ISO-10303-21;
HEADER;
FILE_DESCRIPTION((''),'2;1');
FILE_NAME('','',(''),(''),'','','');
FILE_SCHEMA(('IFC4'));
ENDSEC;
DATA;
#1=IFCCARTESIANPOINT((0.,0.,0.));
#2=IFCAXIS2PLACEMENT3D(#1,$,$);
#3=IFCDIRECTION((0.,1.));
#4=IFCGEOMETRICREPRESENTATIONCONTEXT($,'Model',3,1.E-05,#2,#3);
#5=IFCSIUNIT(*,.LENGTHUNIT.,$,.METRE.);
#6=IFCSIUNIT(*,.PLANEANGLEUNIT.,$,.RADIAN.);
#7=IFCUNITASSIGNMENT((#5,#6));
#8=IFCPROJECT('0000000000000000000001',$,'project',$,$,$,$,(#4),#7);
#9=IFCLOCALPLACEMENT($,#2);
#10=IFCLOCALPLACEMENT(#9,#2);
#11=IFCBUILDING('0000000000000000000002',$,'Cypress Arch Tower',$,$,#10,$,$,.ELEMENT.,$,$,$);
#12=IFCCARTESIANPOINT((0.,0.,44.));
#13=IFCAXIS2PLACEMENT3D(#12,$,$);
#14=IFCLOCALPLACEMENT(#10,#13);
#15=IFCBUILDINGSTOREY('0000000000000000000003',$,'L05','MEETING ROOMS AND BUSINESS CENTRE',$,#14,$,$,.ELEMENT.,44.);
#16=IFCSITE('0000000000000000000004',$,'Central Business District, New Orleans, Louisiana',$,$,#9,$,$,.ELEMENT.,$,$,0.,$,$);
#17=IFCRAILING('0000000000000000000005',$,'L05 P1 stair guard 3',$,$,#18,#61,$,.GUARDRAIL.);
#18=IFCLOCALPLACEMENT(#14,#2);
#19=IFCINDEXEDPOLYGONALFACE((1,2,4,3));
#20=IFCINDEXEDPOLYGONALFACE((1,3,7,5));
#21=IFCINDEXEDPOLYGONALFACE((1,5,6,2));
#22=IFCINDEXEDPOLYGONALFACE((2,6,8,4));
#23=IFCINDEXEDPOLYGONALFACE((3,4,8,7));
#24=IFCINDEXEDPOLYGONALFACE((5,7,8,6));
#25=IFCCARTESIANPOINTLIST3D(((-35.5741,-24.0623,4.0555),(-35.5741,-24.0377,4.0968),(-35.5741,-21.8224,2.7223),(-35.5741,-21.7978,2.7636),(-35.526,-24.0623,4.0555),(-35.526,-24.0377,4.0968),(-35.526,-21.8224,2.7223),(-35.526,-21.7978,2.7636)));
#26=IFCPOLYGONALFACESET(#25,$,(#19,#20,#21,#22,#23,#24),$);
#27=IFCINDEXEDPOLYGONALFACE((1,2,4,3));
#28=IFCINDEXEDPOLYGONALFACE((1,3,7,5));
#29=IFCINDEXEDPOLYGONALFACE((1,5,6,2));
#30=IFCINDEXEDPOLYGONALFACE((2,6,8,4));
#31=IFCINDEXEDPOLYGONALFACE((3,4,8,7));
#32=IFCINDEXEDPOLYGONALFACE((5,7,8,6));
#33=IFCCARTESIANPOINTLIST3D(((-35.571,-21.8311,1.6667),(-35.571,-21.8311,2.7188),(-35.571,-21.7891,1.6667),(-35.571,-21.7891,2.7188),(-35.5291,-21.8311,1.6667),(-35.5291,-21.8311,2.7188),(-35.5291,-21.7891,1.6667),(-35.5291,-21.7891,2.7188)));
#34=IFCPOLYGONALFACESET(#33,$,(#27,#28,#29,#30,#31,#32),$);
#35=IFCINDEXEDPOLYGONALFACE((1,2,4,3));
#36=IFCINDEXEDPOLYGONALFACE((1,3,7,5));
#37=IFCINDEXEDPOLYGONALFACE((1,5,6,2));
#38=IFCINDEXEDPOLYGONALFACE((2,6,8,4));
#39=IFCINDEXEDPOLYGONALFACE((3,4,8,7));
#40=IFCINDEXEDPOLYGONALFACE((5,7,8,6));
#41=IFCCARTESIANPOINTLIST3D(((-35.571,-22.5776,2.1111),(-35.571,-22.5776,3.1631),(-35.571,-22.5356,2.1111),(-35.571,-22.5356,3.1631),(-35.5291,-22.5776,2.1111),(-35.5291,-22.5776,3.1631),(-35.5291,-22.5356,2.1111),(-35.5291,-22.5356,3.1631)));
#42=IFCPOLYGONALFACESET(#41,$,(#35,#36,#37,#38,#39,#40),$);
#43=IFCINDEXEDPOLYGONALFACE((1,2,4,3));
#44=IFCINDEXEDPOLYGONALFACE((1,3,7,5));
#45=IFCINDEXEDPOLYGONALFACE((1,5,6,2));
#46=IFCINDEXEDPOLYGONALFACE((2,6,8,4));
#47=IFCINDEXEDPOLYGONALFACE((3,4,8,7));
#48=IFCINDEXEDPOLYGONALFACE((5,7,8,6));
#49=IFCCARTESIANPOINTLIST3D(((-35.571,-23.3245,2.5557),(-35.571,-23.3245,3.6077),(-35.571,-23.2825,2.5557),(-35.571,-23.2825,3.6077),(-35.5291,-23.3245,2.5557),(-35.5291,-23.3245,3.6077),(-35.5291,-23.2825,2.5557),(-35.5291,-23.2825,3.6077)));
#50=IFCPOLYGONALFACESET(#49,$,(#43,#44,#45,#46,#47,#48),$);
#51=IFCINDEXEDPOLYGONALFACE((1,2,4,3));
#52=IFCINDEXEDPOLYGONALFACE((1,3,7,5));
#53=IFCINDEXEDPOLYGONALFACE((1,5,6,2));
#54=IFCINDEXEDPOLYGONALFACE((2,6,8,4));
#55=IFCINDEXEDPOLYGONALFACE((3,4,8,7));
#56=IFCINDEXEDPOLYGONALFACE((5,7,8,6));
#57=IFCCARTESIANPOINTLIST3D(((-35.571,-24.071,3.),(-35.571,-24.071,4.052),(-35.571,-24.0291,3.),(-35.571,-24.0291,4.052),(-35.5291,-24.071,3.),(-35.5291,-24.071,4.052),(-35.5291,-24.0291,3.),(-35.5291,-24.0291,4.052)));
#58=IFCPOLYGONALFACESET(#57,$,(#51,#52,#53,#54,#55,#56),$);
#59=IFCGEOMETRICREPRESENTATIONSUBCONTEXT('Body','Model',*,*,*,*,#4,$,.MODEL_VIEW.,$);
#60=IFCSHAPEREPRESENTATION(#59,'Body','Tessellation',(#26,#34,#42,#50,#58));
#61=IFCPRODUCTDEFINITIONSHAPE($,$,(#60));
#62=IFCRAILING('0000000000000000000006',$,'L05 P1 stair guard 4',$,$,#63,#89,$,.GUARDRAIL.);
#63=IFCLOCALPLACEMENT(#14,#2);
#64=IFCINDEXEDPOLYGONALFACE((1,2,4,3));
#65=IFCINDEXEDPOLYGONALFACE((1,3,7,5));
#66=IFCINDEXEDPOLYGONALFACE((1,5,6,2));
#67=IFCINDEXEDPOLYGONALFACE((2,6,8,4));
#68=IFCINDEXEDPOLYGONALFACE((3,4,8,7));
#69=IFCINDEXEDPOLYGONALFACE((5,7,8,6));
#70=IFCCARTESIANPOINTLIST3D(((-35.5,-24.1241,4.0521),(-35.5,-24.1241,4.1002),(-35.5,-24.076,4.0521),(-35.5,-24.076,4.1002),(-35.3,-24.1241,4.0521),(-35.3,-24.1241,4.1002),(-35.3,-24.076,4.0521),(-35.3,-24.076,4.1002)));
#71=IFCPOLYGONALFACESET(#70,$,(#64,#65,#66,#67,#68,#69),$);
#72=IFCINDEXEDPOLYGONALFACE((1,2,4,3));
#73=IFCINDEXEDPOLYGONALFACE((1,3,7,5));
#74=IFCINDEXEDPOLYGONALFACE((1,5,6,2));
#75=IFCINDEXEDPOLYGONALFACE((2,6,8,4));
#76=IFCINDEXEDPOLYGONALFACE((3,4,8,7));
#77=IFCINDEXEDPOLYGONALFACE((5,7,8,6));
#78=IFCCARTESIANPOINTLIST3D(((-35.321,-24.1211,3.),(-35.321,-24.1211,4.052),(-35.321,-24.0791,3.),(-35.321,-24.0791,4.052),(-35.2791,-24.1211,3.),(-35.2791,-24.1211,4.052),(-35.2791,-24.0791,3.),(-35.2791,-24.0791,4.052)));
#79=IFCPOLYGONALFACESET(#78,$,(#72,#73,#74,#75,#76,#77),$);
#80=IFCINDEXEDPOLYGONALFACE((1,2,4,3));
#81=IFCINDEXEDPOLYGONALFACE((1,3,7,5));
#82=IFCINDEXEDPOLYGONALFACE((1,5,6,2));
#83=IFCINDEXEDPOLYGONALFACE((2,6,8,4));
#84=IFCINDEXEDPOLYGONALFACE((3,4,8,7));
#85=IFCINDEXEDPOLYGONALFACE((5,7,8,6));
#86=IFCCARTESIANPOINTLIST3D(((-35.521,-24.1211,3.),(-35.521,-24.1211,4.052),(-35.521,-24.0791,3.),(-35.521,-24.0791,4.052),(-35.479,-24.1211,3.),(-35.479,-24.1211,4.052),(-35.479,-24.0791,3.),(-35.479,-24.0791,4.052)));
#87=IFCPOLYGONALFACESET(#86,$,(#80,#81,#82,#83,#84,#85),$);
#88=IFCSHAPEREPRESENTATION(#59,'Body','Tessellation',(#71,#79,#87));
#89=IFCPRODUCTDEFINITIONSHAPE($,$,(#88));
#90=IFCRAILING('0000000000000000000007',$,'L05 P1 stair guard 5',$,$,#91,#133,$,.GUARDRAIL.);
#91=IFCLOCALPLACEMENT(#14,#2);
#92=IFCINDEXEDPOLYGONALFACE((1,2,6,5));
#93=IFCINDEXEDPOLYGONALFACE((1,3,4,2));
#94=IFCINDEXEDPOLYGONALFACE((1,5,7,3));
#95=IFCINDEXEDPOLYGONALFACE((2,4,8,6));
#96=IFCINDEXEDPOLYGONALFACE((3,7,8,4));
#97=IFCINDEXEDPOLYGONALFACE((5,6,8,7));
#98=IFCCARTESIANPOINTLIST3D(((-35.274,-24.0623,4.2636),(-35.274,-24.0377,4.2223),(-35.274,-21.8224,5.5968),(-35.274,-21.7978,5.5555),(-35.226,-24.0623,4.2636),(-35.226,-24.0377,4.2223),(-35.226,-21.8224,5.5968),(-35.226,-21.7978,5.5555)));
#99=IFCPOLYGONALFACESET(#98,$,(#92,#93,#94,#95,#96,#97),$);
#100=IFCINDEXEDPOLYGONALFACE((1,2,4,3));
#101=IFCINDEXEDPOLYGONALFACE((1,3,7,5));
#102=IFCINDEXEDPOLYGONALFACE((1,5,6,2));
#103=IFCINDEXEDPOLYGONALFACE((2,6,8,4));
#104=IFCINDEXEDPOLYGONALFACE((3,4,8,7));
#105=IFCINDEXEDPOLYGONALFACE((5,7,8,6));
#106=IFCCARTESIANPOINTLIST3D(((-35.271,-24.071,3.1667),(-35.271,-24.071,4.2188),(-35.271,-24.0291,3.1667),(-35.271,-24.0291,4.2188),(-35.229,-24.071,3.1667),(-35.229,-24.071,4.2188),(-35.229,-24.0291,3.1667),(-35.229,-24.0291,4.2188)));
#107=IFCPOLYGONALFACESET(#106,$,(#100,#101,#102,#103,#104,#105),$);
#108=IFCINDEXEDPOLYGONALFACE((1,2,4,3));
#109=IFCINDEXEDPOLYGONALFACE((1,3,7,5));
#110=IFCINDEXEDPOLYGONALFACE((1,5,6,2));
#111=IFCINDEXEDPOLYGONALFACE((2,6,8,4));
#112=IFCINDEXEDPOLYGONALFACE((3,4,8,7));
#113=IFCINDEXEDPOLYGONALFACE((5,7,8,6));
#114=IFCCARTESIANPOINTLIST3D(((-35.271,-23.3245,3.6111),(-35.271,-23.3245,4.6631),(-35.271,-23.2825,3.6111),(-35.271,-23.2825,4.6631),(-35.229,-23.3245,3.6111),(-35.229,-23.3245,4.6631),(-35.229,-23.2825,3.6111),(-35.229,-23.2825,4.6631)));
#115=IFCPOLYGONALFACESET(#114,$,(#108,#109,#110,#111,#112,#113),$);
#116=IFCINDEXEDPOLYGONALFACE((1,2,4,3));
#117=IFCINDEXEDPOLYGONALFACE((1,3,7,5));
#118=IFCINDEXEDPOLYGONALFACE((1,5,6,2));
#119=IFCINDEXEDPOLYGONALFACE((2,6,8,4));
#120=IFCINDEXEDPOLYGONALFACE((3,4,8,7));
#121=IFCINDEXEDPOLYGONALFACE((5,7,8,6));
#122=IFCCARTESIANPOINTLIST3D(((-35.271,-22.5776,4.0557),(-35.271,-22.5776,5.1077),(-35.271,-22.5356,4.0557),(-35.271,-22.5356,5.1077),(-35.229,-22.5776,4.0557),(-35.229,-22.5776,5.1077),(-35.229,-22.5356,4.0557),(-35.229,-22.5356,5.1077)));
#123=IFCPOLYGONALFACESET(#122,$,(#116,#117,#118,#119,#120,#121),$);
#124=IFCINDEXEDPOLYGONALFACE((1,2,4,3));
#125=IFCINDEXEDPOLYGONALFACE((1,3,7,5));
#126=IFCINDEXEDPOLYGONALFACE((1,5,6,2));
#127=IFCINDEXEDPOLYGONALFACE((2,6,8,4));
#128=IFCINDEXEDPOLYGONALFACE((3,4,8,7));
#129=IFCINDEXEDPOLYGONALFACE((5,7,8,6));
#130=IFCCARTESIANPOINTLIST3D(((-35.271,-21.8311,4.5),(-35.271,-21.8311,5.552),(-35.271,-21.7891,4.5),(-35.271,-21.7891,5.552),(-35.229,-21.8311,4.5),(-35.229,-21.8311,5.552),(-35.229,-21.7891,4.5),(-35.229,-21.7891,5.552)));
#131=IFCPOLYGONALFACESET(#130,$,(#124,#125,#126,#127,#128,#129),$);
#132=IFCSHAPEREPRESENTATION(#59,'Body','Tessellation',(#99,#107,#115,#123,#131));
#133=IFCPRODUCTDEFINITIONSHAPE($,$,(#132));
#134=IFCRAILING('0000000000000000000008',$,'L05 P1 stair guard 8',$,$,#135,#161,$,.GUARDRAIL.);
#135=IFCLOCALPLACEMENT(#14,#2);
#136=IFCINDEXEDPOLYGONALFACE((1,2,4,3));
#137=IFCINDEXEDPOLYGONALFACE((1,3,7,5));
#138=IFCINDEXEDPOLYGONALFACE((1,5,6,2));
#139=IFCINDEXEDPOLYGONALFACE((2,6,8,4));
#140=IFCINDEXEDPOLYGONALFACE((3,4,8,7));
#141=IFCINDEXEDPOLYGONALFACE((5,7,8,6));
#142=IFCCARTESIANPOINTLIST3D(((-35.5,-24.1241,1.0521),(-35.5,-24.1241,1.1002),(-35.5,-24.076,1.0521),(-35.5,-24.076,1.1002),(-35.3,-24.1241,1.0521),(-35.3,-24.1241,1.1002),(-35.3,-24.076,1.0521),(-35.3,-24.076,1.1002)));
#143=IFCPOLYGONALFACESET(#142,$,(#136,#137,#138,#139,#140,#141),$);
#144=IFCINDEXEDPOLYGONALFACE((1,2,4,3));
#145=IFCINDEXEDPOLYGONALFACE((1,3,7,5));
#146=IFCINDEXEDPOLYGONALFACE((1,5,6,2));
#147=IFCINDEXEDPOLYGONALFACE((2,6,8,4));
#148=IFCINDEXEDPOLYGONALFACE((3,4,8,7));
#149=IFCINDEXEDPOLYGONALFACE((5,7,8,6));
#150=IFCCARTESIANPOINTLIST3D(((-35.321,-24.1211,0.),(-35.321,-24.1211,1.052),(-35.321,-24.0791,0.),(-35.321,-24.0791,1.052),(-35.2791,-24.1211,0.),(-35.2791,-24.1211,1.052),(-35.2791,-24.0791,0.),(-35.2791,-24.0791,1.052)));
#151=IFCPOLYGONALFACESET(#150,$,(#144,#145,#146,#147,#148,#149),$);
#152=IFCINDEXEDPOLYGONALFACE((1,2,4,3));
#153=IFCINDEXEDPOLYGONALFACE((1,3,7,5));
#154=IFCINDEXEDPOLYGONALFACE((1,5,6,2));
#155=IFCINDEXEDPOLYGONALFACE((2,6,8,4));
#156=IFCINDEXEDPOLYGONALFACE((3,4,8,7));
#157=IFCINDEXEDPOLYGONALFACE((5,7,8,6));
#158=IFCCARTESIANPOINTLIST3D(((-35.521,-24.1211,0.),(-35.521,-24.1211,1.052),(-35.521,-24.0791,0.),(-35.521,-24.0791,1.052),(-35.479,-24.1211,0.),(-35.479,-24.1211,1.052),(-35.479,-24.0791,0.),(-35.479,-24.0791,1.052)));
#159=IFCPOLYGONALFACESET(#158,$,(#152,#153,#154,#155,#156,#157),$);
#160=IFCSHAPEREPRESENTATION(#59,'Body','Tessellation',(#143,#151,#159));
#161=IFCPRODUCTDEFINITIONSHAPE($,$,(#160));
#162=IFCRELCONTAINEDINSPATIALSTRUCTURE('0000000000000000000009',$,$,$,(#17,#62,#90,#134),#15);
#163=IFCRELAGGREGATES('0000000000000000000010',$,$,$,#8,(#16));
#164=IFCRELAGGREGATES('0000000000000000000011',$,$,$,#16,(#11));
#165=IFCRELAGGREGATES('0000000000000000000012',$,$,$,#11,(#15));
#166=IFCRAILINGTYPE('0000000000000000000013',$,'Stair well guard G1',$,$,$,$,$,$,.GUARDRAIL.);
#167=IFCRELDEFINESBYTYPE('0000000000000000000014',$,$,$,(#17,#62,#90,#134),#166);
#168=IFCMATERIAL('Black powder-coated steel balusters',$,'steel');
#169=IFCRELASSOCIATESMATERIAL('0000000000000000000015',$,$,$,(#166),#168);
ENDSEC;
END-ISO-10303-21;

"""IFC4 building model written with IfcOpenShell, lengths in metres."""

from ifc_helpers import new_model, si_unit, direction, frame, origin, origin_2d, place, context, subcontext, project, spatial, rectangle, extrude, material, type_object, element, save


model = new_model("IFC4")

# Units and contexts
model_context = context("Model", 3, precision=1e-05, world=origin(), true_north=direction((0.0, 1.0)))
body_context = subcontext(model_context, "Body", "Model", "MODEL_VIEW")
ifc_project = project(units=[si_unit("LENGTHUNIT", "METRE"), si_unit("PLANEANGLEUNIT", "RADIAN")], contexts=[model_context])

# Site, building, storey
site_placement = place(None, origin())
site = spatial("IfcSite", under=ifc_project, at=site_placement, Name="Central Business District, New Orleans, Louisiana", CompositionType="ELEMENT", RefElevation=0.0)
building_placement = place(site_placement, origin())
building = spatial("IfcBuilding", under=site, at=building_placement, Name="Cypress Arch Tower", CompositionType="ELEMENT")
storey_placement = place(building_placement, frame((0.0, 0.0, 44.0)))
storey = spatial("IfcBuildingStorey", under=building, at=storey_placement, Name="L05", Description="MEETING ROOMS AND BUSINESS CENTRE", CompositionType="ELEMENT", Elevation=44.0)

# Railings
ifc_material_1 = material(Name="Black powder-coated steel balusters", Category="steel")
railing_type_1 = type_object("IfcRailingType", Name="Stair well guard G1", PredefinedType="GUARDRAIL", material=ifc_material_1)
railing_1_placement = place(storey_placement, frame((-35.55, -21.8101, 1.6667)))
element("IfcRailing", 1, at=railing_1_placement, inside=storey, type_object=railing_type_1, Name="L05 P1 stair guard 3", PredefinedType="GUARDRAIL", context=body_context, shape_type="SweptSolid", body=[
    extrude(rectangle(XDim=0.0481, YDim=0.0481, at=origin_2d()), frame((0.0, 0.0, 1.0762), z_axis=(0.0, -0.859306, 0.511462), x_axis=(1.0, 0.0, 0.0)), (0.0, 0.0, 1.0), 2.6067),
    extrude(rectangle(XDim=0.042, YDim=0.042, at=origin_2d()), origin(), (0.0, 0.0, 1.0), 1.052),
    extrude(rectangle(XDim=0.042, YDim=0.042, at=origin_2d()), frame((0.0, -0.7466, 0.4443)), (0.0, 0.0, 1.0), 1.052),
    extrude(rectangle(XDim=0.042, YDim=0.042, at=origin_2d()), frame((0.0, -1.4934, 0.8889)), (0.0, 0.0, 1.0), 1.052),
    extrude(rectangle(XDim=0.042, YDim=0.042, at=origin_2d()), frame((0.0, -2.24, 1.3333)), (0.0, 0.0, 1.0), 1.052),
])
railing_2_placement = place(storey_placement, frame((-35.3, -24.1001, 3.0)))
element("IfcRailing", 2, at=railing_2_placement, inside=storey, type_object=railing_type_1, Name="L05 P1 stair guard 4", PredefinedType="GUARDRAIL", context=body_context, shape_type="SweptSolid", body=[
    extrude(rectangle(XDim=0.0481, YDim=0.0481, at=origin_2d()), frame((0.0, 0.0, 1.0762), z_axis=(-1.0, 0.0, 0.0), x_axis=(0.0, -1.0, 0.0)), (0.0, 0.0, 1.0), 0.2),
    extrude(rectangle(XDim=0.042, YDim=0.042, at=origin_2d()), origin(), (0.0, 0.0, 1.0), 1.052),
    extrude(rectangle(XDim=0.042, YDim=0.042, at=origin_2d()), frame((-0.2, 0.0, 0.0)), (0.0, 0.0, 1.0), 1.052),
])
railing_3_placement = place(storey_placement, frame((-35.25, -24.05, 3.1667)))
element("IfcRailing", 3, at=railing_3_placement, inside=storey, type_object=railing_type_1, Name="L05 P1 stair guard 5", PredefinedType="GUARDRAIL", context=body_context, shape_type="SweptSolid", body=[
    extrude(rectangle(XDim=0.0481, YDim=0.0481, at=origin_2d()), frame((0.0, 0.0, 1.0762), z_axis=(0.0, 0.859306, 0.511462), x_axis=(-1.0, 0.0, 0.0)), (0.0, 0.0, 1.0), 2.6067),
    extrude(rectangle(XDim=0.042, YDim=0.042, at=origin_2d()), origin(), (0.0, 0.0, 1.0), 1.052),
    extrude(rectangle(XDim=0.042, YDim=0.042, at=origin_2d()), frame((0.0, 0.7466, 0.4443)), (0.0, 0.0, 1.0), 1.052),
    extrude(rectangle(XDim=0.042, YDim=0.042, at=origin_2d()), frame((0.0, 1.4934, 0.8889)), (0.0, 0.0, 1.0), 1.052),
    extrude(rectangle(XDim=0.042, YDim=0.042, at=origin_2d()), frame((0.0, 2.24, 1.3333)), (0.0, 0.0, 1.0), 1.052),
])
railing_4_placement = place(storey_placement, frame((-35.3, -24.1001, 0.0)))
element("IfcRailing", 4, at=railing_4_placement, inside=storey, type_object=railing_type_1, Name="L05 P1 stair guard 8", PredefinedType="GUARDRAIL", context=body_context, shape_type="SweptSolid", body=[
    extrude(rectangle(XDim=0.0481, YDim=0.0481, at=origin_2d()), frame((0.0, 0.0, 1.0762), z_axis=(-1.0, 0.0, 0.0), x_axis=(0.0, -1.0, 0.0)), (0.0, 0.0, 1.0), 0.2),
    extrude(rectangle(XDim=0.042, YDim=0.042, at=origin_2d()), origin(), (0.0, 0.0, 1.0), 1.052),
    extrude(rectangle(XDim=0.042, YDim=0.042, at=origin_2d()), frame((-0.2, 0.0, 0.0)), (0.0, 0.0, 1.0), 1.052),
])

save(model, "model.ifc")
